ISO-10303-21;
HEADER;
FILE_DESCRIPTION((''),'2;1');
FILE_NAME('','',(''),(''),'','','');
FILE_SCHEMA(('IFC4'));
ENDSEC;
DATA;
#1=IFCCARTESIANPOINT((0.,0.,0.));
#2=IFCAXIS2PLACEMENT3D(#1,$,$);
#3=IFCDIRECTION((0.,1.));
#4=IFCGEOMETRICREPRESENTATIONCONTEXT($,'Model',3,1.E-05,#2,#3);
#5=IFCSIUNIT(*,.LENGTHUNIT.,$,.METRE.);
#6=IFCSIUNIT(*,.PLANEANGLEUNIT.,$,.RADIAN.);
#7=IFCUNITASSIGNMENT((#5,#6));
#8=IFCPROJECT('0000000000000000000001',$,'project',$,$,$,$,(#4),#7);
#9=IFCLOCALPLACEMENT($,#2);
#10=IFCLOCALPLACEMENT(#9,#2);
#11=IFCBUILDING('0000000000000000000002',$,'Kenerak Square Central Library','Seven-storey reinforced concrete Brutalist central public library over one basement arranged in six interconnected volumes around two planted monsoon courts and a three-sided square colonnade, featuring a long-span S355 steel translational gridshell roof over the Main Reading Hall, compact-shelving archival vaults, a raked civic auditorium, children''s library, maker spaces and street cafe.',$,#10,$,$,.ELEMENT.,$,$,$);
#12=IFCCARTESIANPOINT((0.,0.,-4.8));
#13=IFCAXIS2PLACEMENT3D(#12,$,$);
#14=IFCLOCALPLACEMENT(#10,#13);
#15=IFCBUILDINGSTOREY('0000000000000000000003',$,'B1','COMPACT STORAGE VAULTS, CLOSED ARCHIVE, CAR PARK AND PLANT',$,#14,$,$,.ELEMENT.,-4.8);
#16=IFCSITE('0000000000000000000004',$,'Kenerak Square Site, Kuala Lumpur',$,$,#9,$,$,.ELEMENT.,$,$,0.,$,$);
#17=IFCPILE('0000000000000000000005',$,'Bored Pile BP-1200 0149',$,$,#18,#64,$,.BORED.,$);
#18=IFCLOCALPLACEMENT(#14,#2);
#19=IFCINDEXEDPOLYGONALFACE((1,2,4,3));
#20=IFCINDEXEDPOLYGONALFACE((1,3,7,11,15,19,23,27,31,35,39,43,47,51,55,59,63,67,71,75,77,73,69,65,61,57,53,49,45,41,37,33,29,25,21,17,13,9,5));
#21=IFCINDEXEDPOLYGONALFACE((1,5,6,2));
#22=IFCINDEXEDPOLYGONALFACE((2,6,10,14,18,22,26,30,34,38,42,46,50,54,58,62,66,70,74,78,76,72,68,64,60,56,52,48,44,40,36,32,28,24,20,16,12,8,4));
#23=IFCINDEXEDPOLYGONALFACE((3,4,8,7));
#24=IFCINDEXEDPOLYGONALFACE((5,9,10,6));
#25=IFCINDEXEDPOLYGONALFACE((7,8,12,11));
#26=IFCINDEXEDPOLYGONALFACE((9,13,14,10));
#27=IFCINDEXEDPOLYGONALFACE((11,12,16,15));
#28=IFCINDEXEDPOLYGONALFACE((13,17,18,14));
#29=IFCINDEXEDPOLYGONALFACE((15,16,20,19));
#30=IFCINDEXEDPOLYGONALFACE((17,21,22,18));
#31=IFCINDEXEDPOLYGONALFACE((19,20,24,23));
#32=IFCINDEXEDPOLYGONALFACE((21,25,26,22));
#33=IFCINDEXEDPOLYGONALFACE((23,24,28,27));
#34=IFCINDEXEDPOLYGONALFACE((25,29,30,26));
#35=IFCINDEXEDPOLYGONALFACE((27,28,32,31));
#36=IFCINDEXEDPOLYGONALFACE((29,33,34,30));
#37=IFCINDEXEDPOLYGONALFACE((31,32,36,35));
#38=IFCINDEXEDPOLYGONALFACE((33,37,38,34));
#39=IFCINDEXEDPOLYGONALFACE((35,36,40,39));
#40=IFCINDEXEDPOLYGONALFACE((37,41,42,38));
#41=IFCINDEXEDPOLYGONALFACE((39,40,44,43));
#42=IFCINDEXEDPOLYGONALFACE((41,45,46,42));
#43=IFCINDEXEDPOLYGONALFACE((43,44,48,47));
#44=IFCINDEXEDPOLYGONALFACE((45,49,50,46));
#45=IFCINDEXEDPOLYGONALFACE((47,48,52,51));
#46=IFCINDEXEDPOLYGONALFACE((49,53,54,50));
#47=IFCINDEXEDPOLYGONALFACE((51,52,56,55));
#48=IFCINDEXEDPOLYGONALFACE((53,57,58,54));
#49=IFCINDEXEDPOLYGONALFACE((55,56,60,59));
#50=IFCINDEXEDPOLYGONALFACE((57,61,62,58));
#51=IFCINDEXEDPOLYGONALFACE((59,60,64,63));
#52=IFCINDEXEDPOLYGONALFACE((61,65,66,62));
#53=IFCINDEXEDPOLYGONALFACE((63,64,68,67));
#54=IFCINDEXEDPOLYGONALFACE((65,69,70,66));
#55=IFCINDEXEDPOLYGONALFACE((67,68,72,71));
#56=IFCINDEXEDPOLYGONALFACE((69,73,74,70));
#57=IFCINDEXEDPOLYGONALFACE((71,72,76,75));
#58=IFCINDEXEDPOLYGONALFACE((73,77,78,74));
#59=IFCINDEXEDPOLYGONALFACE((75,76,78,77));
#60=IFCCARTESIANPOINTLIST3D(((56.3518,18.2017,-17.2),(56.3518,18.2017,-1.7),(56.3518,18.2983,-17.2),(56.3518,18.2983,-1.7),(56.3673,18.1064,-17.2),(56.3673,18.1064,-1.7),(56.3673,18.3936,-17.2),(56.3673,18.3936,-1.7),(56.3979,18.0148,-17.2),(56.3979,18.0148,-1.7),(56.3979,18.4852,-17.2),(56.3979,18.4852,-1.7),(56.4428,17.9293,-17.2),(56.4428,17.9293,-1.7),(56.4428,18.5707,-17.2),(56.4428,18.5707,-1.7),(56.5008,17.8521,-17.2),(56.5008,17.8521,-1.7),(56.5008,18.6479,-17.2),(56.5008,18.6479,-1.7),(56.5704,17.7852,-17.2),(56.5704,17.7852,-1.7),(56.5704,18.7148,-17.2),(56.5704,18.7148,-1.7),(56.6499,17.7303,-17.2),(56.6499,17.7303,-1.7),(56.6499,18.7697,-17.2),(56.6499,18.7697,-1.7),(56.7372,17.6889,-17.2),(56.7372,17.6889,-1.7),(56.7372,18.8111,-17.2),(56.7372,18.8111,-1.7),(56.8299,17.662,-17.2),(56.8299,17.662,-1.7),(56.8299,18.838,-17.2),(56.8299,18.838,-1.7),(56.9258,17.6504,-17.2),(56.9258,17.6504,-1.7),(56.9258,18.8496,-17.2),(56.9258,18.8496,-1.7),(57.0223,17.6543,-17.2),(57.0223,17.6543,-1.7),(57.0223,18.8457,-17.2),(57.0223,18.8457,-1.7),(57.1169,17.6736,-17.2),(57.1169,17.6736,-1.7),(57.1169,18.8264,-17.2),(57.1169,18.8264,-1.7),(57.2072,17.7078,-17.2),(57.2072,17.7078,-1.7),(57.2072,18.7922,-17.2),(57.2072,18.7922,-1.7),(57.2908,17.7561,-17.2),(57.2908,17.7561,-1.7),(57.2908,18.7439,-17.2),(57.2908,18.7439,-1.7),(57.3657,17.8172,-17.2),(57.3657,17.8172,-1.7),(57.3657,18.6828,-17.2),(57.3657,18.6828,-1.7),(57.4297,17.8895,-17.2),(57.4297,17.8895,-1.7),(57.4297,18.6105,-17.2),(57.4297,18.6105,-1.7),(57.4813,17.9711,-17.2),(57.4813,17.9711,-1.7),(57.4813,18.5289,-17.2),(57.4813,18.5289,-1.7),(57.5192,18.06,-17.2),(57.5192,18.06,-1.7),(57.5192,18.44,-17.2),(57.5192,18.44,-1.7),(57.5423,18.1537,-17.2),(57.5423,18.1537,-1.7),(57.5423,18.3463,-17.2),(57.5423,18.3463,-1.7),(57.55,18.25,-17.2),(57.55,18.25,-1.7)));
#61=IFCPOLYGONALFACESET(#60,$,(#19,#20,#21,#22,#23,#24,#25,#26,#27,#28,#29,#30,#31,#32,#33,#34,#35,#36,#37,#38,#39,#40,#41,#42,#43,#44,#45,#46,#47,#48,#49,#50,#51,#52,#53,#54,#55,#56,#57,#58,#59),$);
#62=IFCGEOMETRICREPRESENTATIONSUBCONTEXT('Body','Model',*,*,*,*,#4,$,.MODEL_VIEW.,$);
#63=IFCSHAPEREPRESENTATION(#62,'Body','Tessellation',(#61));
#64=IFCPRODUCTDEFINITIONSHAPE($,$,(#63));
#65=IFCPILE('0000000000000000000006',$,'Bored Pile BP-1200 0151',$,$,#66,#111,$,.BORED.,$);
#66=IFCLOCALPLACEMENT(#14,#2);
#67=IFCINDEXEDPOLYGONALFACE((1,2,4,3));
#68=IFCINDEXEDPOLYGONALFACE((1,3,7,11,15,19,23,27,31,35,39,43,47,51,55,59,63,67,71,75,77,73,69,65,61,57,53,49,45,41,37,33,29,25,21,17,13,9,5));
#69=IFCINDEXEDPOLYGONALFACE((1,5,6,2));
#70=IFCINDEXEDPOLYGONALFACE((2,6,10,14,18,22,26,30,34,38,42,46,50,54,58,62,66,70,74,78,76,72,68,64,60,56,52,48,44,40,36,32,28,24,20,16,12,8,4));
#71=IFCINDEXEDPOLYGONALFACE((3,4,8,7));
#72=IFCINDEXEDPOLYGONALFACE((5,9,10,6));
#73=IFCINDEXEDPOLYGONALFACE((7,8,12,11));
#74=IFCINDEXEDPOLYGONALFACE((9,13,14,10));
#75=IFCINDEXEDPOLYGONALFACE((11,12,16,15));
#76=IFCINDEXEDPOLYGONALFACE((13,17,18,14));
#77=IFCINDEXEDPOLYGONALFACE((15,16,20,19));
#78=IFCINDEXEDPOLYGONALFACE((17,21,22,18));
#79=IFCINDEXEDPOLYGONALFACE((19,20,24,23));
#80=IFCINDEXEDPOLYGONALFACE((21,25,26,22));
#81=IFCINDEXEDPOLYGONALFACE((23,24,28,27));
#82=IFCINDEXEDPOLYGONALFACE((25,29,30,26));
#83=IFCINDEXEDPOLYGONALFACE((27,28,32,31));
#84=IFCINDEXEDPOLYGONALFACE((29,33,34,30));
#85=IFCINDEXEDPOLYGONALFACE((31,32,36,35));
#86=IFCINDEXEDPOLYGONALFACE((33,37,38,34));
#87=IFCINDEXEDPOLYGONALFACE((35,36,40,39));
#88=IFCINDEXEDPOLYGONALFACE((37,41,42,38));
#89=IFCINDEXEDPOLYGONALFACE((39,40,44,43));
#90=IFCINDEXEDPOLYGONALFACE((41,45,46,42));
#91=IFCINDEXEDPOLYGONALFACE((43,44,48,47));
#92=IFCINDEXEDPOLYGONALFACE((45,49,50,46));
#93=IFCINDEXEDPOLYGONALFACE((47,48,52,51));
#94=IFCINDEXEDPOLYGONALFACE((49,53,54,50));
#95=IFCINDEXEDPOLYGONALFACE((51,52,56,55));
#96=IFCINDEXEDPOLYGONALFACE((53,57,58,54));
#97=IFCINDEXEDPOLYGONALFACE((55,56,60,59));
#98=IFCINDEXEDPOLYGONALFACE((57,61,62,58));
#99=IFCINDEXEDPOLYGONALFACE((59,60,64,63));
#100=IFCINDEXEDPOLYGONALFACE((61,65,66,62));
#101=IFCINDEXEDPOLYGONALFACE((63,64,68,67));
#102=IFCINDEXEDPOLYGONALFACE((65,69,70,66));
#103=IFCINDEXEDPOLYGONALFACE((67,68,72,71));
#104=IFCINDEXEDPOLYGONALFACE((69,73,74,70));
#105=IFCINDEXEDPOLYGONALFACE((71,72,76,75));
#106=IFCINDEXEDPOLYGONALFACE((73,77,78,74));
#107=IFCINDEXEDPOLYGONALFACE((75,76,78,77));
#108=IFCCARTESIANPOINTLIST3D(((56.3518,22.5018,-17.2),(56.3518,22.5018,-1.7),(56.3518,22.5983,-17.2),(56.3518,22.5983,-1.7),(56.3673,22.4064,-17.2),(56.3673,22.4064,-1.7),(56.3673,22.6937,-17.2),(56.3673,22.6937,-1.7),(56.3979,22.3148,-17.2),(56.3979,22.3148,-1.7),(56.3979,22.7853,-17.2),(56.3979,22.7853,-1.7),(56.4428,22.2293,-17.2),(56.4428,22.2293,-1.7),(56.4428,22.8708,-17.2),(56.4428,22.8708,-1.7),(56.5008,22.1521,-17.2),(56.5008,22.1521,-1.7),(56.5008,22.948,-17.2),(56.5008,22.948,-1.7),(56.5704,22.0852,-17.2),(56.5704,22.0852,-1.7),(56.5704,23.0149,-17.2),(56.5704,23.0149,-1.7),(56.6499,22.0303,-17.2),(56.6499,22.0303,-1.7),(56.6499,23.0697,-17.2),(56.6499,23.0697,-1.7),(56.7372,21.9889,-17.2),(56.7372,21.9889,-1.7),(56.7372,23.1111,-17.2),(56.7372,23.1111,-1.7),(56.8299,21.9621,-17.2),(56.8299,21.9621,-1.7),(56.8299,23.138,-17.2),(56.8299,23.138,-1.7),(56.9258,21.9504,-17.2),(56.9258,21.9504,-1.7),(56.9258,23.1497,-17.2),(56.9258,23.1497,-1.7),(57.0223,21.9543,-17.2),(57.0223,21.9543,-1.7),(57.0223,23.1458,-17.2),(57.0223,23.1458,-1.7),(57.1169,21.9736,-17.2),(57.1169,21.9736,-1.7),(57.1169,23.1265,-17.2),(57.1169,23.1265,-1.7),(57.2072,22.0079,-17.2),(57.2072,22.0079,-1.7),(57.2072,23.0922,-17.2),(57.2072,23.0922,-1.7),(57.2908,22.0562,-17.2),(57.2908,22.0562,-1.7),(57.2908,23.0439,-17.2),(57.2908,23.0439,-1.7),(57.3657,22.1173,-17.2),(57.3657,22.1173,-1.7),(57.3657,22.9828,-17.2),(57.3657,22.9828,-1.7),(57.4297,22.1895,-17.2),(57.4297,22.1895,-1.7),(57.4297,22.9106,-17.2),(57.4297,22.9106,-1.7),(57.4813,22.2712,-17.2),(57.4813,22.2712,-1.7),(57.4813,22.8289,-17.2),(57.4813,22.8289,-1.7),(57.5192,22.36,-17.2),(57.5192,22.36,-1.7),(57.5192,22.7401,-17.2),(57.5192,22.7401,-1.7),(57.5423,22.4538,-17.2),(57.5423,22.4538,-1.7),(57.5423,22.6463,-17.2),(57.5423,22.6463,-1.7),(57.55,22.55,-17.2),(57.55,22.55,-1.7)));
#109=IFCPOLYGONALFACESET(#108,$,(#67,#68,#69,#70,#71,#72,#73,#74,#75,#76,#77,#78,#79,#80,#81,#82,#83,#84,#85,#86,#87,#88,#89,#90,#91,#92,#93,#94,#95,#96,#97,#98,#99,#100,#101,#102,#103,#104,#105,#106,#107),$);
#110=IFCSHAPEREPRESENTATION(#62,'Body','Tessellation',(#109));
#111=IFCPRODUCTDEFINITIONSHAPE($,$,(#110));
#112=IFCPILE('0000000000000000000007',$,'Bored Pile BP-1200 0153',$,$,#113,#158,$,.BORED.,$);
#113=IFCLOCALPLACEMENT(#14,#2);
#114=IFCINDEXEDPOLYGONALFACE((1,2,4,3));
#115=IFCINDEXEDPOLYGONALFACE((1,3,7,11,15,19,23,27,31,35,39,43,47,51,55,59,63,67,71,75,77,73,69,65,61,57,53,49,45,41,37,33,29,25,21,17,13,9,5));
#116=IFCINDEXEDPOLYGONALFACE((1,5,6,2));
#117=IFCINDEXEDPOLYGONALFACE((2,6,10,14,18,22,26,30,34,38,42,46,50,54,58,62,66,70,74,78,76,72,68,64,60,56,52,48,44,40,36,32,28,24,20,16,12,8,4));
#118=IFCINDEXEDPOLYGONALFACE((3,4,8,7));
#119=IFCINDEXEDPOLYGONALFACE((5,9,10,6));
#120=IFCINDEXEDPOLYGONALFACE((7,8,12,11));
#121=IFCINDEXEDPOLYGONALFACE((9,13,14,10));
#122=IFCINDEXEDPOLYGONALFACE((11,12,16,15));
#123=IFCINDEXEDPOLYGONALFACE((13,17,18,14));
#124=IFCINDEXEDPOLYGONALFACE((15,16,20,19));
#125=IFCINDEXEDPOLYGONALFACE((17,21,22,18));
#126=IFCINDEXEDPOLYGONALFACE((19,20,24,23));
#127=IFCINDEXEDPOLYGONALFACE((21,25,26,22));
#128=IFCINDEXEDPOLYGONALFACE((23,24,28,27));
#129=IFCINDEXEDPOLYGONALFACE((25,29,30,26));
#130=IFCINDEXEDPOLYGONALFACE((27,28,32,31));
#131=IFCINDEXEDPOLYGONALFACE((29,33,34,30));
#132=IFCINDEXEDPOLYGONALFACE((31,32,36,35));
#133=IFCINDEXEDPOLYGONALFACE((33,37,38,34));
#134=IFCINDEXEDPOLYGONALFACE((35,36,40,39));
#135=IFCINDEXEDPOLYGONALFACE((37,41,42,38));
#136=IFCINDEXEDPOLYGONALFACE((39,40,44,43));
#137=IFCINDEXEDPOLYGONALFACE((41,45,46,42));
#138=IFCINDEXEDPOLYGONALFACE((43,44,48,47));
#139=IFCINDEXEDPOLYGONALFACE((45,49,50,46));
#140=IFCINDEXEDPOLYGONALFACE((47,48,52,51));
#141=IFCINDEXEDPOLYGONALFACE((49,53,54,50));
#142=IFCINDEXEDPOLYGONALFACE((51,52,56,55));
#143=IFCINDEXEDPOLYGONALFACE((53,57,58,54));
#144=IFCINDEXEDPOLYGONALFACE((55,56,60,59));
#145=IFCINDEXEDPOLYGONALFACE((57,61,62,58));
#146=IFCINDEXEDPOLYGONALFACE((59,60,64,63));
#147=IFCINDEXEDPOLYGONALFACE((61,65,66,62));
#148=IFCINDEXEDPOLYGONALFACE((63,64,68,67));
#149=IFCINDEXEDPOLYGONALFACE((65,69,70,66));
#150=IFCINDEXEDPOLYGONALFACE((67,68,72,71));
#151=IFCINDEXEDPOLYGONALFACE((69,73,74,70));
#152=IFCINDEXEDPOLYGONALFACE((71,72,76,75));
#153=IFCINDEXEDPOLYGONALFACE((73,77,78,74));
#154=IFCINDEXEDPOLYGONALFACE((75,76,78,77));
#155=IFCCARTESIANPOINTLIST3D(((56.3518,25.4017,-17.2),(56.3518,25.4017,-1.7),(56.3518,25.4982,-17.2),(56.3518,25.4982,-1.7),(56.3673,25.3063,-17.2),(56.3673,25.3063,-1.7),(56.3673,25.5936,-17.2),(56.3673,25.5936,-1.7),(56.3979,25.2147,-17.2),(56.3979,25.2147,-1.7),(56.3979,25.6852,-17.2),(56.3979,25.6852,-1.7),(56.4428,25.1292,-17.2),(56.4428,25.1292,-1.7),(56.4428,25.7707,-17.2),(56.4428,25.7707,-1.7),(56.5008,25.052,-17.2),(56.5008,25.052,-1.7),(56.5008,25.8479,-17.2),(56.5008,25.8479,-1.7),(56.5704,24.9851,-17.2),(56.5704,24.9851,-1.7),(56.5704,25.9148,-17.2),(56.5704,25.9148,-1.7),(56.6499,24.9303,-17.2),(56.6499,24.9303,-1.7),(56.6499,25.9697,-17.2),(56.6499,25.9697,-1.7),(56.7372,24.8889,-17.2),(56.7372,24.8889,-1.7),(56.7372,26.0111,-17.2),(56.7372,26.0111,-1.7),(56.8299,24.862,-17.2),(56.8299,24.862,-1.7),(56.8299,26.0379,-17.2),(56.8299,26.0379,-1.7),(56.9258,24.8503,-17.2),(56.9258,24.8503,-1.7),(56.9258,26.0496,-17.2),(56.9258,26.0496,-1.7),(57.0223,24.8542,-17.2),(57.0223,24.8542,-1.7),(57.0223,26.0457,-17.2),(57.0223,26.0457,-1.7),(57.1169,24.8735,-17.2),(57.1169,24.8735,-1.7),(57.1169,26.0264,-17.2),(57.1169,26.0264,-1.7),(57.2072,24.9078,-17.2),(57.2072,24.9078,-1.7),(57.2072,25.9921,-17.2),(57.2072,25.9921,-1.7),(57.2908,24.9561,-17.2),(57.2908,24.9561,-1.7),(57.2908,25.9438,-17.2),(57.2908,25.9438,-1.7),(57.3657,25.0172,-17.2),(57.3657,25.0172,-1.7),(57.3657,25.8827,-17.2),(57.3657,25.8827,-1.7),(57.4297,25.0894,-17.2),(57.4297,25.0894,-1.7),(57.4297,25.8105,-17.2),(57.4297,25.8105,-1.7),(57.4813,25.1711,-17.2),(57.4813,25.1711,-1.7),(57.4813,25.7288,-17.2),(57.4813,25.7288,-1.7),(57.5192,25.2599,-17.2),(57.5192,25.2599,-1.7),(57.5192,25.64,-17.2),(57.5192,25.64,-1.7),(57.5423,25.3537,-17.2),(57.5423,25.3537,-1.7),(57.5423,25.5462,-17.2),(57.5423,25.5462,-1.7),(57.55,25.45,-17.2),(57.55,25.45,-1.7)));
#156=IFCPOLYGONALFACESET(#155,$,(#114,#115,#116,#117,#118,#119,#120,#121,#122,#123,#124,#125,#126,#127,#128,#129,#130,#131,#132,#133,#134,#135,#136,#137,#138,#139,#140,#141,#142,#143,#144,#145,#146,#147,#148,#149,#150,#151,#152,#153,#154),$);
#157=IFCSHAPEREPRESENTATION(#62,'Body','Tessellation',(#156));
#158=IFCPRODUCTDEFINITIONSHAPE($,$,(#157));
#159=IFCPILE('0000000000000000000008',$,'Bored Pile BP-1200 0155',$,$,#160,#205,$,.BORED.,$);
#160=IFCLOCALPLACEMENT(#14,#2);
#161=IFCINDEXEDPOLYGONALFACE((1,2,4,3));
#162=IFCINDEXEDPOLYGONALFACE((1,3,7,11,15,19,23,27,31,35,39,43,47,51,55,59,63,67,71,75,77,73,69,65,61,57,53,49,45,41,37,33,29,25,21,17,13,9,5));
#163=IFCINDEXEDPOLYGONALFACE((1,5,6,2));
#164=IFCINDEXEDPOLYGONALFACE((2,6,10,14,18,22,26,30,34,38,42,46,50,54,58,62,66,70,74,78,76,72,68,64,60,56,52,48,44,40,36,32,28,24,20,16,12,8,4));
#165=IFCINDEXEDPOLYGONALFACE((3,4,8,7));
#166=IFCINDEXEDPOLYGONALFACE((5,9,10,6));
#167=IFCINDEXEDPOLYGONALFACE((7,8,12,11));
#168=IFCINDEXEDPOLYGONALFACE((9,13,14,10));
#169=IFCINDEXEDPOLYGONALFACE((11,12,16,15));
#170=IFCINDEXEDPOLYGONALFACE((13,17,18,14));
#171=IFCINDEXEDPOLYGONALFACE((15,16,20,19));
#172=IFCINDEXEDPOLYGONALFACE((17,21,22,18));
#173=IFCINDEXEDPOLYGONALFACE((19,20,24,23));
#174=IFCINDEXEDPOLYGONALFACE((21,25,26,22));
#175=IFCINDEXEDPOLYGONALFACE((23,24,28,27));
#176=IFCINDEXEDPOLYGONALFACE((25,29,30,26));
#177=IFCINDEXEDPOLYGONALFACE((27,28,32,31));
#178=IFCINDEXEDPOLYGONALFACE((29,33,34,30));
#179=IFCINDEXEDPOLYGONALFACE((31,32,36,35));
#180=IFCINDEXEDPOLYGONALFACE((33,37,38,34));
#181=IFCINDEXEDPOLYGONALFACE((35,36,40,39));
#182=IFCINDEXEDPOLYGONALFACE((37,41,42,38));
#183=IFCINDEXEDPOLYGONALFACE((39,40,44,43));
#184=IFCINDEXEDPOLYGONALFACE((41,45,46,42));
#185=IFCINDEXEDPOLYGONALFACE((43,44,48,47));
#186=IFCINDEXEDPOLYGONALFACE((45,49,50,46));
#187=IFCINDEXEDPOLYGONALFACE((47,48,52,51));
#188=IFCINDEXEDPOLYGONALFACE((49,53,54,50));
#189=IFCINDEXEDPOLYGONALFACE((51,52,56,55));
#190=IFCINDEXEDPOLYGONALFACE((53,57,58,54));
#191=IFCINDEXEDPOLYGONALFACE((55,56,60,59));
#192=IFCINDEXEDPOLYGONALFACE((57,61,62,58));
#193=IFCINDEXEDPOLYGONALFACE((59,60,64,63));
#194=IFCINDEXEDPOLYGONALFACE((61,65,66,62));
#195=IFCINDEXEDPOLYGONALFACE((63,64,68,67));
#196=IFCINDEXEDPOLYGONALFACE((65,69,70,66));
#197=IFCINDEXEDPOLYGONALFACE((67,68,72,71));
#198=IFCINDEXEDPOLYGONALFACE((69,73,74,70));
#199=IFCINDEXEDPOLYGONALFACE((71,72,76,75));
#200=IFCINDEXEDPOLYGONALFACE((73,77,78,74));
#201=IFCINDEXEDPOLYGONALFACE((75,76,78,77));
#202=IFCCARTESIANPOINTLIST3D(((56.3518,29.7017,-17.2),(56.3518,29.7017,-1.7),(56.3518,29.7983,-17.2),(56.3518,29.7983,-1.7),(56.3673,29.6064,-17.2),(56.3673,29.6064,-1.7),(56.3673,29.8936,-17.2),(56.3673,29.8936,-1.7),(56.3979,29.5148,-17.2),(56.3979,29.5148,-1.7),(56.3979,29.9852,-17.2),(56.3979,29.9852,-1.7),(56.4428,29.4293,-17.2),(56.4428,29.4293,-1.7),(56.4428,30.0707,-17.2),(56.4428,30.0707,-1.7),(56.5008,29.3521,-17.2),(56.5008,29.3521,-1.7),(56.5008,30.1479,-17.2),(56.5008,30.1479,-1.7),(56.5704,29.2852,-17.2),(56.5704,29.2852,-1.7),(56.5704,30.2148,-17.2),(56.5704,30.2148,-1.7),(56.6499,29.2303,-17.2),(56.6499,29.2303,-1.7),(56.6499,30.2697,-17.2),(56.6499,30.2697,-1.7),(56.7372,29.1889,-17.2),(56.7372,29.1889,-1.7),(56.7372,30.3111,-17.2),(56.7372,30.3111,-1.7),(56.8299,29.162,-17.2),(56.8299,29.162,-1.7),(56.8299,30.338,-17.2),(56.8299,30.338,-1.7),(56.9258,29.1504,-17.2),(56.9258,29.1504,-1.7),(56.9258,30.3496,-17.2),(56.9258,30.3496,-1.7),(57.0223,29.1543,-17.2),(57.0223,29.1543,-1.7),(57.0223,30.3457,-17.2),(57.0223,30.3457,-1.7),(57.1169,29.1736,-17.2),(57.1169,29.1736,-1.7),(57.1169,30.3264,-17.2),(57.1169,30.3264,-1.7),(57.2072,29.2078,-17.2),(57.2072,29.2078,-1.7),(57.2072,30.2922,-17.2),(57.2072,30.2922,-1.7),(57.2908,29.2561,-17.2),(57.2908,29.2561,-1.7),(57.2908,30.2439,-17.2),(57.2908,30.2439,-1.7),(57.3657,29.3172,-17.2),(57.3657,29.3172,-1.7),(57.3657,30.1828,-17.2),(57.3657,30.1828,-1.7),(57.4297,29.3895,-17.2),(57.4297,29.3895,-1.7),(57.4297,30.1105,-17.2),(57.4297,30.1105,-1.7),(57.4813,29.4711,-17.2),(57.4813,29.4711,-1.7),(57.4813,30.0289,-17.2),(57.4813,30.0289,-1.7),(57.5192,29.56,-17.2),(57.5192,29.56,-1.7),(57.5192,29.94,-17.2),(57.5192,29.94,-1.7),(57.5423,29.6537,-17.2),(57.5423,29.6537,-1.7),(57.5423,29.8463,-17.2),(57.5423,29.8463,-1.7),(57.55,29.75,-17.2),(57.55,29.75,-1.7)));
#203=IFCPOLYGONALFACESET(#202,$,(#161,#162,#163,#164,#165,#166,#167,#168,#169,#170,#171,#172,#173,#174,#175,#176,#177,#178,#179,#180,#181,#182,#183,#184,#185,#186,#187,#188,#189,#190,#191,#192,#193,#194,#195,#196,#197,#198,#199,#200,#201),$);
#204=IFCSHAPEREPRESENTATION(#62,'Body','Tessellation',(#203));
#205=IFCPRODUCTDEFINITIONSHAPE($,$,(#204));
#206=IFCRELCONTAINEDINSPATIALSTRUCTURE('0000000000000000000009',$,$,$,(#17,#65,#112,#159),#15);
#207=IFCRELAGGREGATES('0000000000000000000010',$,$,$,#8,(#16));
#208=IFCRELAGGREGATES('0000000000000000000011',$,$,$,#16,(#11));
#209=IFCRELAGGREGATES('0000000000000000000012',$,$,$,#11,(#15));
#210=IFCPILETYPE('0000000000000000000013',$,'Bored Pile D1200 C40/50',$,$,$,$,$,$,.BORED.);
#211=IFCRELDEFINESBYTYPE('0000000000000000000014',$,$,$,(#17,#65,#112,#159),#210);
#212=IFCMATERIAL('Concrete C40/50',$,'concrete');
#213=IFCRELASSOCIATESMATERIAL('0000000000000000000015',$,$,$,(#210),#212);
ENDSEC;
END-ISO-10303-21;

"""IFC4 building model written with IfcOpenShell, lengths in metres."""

from ifc_helpers import new_model, si_unit, direction, frame, origin, origin_2d, place, context, subcontext, project, spatial, circle, extrude, material, material_profile, profile_set, type_object, element, save


model = new_model("IFC4")

# Units and contexts
model_context = context("Model", 3, precision=1e-05, world=origin(), true_north=direction((0.0, 1.0)))
body_context = subcontext(model_context, "Body", "Model", "MODEL_VIEW")
ifc_project = project(units=[si_unit("LENGTHUNIT", "METRE"), si_unit("PLANEANGLEUNIT", "RADIAN")], contexts=[model_context])

# Site, building, storey
site_placement = place(None, origin())
site = spatial("IfcSite", under=ifc_project, at=site_placement, Name="Kenerak Square Site, Kuala Lumpur", CompositionType="ELEMENT", RefElevation=0.0)
building_placement = place(site_placement, origin())
building = spatial("IfcBuilding", under=site, at=building_placement, Name="Kenerak Square Central Library", Description="Seven-storey reinforced concrete Brutalist central public library over one basement arranged in six interconnected volumes around two planted monsoon courts and a three-sided square colonnade, featuring a long-span S355 steel translational gridshell roof over the Main Reading Hall, compact-shelving archival vaults, a raked civic auditorium, children's library, maker spaces and street cafe.", CompositionType="ELEMENT")
storey_placement = place(building_placement, frame((0.0, 0.0, -4.8)))
storey = spatial("IfcBuildingStorey", under=building, at=storey_placement, Name="B1", Description="COMPACT STORAGE VAULTS, CLOSED ARCHIVE, CAR PARK AND PLANT", CompositionType="ELEMENT", Elevation=-4.8)

# Piles
ifc_material_1 = material(Name="Concrete C40/50", Category="concrete")
ifc_material_profile_1 = material_profile(ifc_material_1, circle(Radius=0.6001, at=origin_2d()), Name="BP D1200")
ifc_profile_set_1 = profile_set([ifc_material_profile_1], Name="Concrete C40/50")
pile_type = type_object("IfcPileType", Name="Bored Pile D1200 C40/50", PredefinedType="BORED", material=ifc_profile_set_1)
for number, where, z_axis, x_axis, name in (
    (1, (56.95, 18.25, -1.7), (0.0, 0.0, -1.0), (1.0, 0.0, 0.0), "Bored Pile BP-1200 0149"),
    (2, (56.95, 22.55, -1.7), (0.0, 0.0, -1.0), (1.0, 0.0, 0.0), "Bored Pile BP-1200 0151"),
    (3, (56.95, 25.45, -1.7), (0.0, 0.0, -1.0), (1.0, 0.0, 0.0), "Bored Pile BP-1200 0153"),
    (4, (56.95, 29.75, -1.7), (0.0, 0.0, -1.0), (1.0, 0.0, 0.0), "Bored Pile BP-1200 0155"),
):
    element("IfcPile", number, at=place(storey_placement, frame(where, z_axis=z_axis, x_axis=x_axis)), inside=storey, type_object=pile_type, Name=name, PredefinedType="BORED", context=body_context, shape_type="SweptSolid", body=[
        extrude(circle(Radius=0.6001, at=origin_2d()), origin(), (0.0, 0.0, 1.0), 15.5),
    ])

save(model, "model.ifc")
